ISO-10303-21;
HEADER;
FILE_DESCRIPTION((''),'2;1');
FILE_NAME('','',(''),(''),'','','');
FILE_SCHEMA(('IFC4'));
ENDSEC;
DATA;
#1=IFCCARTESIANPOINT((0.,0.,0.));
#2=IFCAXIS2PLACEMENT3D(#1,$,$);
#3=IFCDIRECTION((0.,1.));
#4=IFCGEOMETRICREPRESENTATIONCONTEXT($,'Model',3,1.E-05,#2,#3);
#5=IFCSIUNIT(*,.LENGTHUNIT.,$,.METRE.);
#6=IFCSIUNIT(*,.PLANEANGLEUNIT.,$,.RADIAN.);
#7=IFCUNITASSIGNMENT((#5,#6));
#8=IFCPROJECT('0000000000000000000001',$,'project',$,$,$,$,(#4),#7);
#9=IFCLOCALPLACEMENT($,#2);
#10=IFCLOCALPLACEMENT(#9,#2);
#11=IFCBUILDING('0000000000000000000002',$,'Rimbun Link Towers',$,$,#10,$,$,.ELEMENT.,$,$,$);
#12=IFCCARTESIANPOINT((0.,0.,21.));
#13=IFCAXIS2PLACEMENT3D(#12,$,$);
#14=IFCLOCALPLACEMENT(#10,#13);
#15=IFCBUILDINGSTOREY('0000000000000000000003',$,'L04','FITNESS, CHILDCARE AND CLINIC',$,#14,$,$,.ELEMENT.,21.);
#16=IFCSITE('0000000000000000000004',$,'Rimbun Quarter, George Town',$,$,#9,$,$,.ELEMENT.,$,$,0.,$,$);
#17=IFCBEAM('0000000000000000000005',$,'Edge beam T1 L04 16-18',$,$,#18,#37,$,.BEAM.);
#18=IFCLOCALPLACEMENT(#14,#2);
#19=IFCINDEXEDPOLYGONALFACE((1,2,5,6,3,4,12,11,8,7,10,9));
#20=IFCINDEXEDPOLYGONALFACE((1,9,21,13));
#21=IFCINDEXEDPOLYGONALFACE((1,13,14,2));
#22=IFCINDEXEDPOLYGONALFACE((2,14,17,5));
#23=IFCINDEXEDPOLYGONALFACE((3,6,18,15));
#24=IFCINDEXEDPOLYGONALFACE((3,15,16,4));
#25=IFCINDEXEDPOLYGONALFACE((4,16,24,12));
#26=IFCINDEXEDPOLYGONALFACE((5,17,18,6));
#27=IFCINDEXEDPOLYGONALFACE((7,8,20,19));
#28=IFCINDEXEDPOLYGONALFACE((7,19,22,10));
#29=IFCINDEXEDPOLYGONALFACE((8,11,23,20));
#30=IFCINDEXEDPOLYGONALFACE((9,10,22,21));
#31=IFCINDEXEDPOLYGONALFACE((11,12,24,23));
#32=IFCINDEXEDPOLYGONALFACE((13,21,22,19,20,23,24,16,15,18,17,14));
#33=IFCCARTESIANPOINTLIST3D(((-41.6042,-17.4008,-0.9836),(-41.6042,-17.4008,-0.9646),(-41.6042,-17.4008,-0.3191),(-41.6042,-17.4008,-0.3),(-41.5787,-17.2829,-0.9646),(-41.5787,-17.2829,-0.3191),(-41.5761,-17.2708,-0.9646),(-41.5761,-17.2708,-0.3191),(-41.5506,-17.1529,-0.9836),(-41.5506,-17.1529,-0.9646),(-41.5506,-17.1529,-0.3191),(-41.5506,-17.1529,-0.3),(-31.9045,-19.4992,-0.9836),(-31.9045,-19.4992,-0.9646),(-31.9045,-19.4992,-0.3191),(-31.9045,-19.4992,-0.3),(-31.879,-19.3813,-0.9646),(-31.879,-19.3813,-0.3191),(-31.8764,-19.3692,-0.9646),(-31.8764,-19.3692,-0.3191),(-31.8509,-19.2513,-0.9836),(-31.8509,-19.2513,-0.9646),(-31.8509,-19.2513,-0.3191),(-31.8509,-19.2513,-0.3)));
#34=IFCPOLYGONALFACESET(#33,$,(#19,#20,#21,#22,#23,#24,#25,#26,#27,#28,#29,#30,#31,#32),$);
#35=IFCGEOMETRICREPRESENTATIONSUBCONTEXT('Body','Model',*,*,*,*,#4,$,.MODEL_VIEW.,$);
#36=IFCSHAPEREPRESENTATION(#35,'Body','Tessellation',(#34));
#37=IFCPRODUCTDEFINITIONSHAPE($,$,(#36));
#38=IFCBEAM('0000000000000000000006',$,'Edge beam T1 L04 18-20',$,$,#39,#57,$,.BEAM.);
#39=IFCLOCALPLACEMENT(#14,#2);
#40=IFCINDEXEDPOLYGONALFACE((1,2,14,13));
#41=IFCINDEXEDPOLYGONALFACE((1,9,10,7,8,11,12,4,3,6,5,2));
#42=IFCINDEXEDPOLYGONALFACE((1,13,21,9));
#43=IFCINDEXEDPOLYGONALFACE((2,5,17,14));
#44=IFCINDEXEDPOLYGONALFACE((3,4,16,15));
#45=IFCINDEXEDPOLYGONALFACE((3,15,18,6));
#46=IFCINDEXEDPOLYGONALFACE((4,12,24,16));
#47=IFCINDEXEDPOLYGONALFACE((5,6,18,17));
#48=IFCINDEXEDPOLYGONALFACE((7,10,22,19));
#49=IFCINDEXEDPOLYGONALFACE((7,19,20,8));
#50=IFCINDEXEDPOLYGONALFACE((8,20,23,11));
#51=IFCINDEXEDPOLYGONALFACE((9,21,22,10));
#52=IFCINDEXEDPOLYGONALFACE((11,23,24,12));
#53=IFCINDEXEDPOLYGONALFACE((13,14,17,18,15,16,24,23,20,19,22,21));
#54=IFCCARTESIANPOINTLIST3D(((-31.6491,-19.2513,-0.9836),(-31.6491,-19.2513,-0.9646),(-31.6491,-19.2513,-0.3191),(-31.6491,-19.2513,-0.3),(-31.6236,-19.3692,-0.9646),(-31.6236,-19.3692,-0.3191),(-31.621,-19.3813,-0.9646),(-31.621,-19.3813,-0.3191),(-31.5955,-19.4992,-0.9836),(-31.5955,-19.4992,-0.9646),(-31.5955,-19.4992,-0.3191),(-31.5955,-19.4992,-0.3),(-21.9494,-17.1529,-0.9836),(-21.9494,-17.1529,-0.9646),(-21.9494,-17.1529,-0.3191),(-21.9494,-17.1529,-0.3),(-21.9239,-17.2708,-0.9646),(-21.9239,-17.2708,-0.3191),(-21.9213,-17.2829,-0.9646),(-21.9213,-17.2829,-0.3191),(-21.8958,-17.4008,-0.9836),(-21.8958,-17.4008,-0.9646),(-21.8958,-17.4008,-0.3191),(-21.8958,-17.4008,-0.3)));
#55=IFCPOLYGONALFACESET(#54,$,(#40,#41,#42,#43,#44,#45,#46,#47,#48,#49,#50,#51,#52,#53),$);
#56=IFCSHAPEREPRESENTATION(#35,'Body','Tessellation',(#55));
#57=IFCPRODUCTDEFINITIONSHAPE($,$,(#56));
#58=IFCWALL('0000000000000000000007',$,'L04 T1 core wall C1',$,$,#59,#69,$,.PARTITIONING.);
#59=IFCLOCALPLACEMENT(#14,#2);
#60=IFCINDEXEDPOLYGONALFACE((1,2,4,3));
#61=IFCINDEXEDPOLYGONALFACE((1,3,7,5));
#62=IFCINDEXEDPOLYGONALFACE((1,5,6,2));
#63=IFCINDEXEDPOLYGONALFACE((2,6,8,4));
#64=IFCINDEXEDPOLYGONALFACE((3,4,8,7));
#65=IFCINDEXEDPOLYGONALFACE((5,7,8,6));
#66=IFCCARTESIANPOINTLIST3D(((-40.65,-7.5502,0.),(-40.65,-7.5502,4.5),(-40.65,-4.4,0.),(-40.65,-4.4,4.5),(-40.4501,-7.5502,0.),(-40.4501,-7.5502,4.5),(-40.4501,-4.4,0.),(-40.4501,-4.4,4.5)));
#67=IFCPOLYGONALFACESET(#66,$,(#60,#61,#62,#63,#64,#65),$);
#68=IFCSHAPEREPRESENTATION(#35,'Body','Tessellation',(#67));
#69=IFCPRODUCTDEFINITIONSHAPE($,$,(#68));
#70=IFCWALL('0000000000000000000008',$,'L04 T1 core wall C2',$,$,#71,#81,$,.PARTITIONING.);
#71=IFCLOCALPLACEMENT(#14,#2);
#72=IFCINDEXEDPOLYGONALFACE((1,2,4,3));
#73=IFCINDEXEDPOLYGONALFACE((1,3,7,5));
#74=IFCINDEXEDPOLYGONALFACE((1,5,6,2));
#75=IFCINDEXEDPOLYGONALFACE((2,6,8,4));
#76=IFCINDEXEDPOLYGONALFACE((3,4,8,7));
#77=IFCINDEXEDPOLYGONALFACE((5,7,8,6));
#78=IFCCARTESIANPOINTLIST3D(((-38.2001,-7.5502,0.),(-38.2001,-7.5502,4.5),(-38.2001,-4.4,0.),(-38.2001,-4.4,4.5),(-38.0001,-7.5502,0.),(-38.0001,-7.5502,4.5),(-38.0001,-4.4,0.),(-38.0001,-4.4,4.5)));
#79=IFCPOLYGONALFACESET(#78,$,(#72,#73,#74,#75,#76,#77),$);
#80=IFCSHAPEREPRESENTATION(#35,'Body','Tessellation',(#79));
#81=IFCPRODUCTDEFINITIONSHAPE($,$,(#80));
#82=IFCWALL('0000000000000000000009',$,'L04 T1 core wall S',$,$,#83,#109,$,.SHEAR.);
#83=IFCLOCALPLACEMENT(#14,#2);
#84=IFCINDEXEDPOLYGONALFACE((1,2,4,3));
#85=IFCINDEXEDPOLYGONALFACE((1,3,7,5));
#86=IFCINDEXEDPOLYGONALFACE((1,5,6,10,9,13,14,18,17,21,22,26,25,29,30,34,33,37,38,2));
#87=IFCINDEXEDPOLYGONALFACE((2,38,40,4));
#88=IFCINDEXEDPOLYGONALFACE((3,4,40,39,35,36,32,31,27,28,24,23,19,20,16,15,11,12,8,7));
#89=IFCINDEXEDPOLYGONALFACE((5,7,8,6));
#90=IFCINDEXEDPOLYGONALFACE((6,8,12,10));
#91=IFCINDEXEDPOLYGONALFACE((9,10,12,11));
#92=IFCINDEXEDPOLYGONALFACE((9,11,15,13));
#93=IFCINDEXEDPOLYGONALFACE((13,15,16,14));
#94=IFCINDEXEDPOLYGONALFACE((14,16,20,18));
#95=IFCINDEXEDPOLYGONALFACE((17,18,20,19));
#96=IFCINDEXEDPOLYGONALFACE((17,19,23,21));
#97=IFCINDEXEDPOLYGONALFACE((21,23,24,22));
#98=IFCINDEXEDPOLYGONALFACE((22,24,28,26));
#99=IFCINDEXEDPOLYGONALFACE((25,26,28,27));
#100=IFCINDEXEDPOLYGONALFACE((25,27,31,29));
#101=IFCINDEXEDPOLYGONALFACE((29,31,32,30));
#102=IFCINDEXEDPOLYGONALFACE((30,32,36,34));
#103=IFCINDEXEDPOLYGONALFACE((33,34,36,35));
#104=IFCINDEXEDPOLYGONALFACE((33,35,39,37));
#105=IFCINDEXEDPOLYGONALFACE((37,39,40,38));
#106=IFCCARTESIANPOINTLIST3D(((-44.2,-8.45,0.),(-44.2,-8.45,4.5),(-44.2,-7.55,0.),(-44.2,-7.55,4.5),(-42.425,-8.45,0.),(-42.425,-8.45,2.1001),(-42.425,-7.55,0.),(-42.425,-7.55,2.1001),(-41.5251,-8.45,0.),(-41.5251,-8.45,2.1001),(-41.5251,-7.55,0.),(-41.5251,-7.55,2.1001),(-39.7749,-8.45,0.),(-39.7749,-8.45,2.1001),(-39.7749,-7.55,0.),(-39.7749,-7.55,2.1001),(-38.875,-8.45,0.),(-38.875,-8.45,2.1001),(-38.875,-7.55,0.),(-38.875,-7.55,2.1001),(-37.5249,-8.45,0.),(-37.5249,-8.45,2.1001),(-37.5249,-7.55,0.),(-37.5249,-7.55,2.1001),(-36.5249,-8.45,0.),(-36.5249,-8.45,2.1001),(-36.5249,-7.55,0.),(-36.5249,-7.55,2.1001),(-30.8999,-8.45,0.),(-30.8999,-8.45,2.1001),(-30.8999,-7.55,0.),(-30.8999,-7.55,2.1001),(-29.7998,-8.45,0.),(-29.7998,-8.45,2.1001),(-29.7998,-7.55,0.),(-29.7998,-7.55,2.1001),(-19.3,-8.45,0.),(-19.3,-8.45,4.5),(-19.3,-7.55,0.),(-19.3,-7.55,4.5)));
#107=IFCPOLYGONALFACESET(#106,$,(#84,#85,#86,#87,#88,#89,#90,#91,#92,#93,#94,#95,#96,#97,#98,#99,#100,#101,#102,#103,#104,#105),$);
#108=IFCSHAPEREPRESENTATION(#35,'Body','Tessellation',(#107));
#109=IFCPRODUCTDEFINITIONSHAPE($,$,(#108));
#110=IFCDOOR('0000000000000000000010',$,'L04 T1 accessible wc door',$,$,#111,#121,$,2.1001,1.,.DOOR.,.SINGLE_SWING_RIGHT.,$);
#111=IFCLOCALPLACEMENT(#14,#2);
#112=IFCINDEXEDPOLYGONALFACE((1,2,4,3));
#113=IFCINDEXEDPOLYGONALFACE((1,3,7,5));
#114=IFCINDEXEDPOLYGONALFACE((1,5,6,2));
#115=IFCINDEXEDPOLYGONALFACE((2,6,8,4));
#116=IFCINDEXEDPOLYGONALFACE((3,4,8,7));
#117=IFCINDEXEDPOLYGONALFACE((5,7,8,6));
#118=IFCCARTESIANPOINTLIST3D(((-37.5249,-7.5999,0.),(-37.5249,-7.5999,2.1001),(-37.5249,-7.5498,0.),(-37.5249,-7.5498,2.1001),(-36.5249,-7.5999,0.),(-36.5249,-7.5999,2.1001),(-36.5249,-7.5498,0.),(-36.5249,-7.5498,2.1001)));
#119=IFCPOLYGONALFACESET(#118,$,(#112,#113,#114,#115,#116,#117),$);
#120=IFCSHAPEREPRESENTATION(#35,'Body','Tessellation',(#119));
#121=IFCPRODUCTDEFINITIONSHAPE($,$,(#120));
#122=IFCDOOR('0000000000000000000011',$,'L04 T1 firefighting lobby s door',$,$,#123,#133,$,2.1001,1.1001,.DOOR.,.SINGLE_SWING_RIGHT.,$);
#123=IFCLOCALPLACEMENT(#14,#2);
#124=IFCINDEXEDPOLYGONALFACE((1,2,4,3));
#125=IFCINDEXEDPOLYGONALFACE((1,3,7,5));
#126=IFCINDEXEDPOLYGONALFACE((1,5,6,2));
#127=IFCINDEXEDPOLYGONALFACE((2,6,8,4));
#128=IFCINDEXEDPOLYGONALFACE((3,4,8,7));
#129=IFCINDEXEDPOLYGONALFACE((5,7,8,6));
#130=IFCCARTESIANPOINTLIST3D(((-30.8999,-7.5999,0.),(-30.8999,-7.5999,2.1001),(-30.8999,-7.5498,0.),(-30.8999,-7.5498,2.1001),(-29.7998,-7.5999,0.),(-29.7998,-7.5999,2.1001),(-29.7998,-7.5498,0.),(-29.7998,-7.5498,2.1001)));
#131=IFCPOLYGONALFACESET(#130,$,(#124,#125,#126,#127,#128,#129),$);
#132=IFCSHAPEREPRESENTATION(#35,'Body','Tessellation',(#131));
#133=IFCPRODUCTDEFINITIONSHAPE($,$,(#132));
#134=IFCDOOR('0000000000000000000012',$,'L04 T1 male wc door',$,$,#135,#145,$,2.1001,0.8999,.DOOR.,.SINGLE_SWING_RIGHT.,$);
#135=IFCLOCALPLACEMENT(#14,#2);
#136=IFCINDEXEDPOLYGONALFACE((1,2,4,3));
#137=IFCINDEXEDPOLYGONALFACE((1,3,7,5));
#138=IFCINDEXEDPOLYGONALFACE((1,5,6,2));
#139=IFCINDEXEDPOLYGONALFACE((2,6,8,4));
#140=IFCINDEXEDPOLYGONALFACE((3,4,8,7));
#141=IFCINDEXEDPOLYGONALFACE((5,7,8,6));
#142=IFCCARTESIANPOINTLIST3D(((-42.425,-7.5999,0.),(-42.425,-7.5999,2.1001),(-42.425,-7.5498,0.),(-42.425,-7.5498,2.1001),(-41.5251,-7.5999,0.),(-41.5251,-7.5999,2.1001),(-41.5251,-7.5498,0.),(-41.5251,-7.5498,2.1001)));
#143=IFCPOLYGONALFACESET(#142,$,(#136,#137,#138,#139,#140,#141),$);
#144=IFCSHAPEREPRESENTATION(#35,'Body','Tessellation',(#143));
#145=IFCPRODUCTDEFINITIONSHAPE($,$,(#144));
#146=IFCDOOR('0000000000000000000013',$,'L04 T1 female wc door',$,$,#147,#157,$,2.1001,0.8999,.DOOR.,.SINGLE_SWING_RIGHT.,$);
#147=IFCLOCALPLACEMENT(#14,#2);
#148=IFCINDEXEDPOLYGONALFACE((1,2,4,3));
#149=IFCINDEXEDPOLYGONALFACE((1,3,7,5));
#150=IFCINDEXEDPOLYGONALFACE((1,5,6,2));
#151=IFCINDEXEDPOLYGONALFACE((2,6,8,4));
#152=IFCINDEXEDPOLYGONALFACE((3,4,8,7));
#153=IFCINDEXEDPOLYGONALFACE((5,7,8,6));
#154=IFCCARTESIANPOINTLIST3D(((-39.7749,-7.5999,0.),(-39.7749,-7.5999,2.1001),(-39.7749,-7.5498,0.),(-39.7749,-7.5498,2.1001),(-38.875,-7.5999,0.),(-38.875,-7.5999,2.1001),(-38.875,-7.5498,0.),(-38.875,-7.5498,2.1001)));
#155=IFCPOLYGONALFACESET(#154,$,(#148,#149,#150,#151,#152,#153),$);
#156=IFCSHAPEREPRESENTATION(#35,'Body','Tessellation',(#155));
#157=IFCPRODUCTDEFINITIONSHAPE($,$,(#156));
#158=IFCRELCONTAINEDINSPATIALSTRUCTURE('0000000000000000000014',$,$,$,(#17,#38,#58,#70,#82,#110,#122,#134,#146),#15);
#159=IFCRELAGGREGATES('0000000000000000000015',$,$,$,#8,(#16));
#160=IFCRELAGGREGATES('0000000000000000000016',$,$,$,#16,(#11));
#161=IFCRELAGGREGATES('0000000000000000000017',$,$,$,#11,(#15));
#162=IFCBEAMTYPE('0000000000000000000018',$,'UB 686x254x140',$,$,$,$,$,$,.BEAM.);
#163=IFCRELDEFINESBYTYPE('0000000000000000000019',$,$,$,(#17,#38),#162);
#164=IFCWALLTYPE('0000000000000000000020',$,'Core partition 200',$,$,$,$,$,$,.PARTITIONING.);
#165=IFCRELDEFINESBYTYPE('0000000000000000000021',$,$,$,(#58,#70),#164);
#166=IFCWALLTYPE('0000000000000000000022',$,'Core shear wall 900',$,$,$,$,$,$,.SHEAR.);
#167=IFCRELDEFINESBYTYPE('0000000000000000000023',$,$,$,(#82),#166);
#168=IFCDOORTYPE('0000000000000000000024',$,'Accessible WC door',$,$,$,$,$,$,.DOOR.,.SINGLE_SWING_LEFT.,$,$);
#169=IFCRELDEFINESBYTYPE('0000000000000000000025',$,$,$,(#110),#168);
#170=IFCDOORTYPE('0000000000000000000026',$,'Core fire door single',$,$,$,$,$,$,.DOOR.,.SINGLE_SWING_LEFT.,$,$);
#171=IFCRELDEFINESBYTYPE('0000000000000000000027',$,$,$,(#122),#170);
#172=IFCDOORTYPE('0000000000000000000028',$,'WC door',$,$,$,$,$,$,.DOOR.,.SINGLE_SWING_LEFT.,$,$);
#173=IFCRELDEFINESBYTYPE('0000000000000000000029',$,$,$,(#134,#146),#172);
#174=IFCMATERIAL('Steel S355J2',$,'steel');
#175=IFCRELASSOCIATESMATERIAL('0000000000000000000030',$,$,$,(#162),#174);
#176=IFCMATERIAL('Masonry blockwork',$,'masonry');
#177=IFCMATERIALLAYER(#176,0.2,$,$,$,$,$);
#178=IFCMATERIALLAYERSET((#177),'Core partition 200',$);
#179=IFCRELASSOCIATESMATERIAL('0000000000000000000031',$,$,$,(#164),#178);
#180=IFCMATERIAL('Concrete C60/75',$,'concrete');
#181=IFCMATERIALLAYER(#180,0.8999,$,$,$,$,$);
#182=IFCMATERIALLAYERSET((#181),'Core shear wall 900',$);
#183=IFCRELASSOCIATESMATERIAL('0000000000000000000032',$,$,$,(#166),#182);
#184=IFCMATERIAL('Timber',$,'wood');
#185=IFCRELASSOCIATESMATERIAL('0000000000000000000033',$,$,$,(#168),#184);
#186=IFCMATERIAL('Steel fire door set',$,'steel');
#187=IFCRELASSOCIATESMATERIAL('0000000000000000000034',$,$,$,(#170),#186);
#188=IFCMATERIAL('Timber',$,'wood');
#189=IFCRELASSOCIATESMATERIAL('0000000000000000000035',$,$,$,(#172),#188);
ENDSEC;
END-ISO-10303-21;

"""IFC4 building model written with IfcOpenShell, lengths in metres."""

from ifc_helpers import new_model, si_unit, direction, frame, frame_2d, origin, origin_2d, place, context, subcontext, project, spatial, rectangle, i_section, extrude, material, layer, layer_set, material_profile, profile_set, type_object, element, fill, save


model = new_model("IFC4")

# Units and contexts
model_context = context("Model", 3, precision=1e-05, world=origin(), true_north=direction((0.0, 1.0)))
body_context = subcontext(model_context, "Body", "Model", "MODEL_VIEW")
ifc_project = project(units=[si_unit("LENGTHUNIT", "METRE"), si_unit("PLANEANGLEUNIT", "RADIAN")], contexts=[model_context])

# Site, building, storey
site_placement = place(None, origin())
site = spatial("IfcSite", under=ifc_project, at=site_placement, Name="Rimbun Quarter, George Town", CompositionType="ELEMENT", RefElevation=0.0)
building_placement = place(site_placement, origin())
building = spatial("IfcBuilding", under=site, at=building_placement, Name="Rimbun Link Towers", CompositionType="ELEMENT")
storey_placement = place(building_placement, frame((0.0, 0.0, 21.0)))
storey = spatial("IfcBuildingStorey", under=building, at=storey_placement, Name="L04", Description="FITNESS, CHILDCARE AND CLINIC", CompositionType="ELEMENT", Elevation=21.0)

# Beams
ifc_material_1 = material(Name="Steel S355J2", Category="steel")
ifc_material_profile_1 = material_profile(ifc_material_1, i_section(OverallWidth=0.2537, OverallDepth=0.6836, WebThickness=0.0125, FlangeThickness=0.019, at=origin_2d()), Name="UB 686x254x140")
ifc_profile_set_1 = profile_set([ifc_material_profile_1], Name="Steel S355J2")
beam_type_1 = type_object("IfcBeamType", Name="UB 686x254x140", PredefinedType="BEAM", material=ifc_profile_set_1)
for number, where, z_axis, x_axis, name in (
    (1, (-41.5774, -17.2769, -0.6418), (0.97739, -0.211444, 0.0), (0.211444, 0.97739, 0.0), "Edge beam T1 L04 16-18"),
    (2, (-31.6223, -19.3752, -0.6418), (0.97739, 0.211444, 0.0), (-0.211444, 0.97739, 0.0), "Edge beam T1 L04 18-20"),
):
    element("IfcBeam", number, at=place(storey_placement, frame(where, z_axis=z_axis, x_axis=x_axis)), inside=storey, type_object=beam_type_1, Name=name, PredefinedType="BEAM", context=body_context, shape_type="SweptSolid", body=[
        extrude(i_section(OverallWidth=0.2537, OverallDepth=0.6836, WebThickness=0.0125, FlangeThickness=0.019, at=origin_2d()), origin(), (0.0, 0.0, 1.0), 9.9241),
    ])

# Walls
ifc_material_2 = material(Name="Masonry blockwork", Category="masonry")
ifc_layer_1 = layer(ifc_material_2, 0.2)
ifc_layer_set_1 = layer_set([ifc_layer_1], Name="Core partition 200")
wall_type_1 = type_object("IfcWallType", Name="Core partition 200", PredefinedType="PARTITIONING", material=ifc_layer_set_1)
for number, where, z_axis, x_axis, name in (
    (3, (-40.55, -4.3999, 0.0), (0.0, 0.0, 1.0), (0.0, -1.0, 0.0), "L04 T1 core wall C1"),
    (4, (-38.1001, -4.3999, 0.0), (0.0, 0.0, 1.0), (0.0, -1.0, 0.0), "L04 T1 core wall C2"),
):
    element("IfcWall", number, at=place(storey_placement, frame(where, z_axis=z_axis, x_axis=x_axis)), inside=storey, type_object=wall_type_1, Name=name, PredefinedType="PARTITIONING", context=body_context, shape_type="SweptSolid", body=[
        extrude(rectangle(XDim=3.1501, YDim=0.2, at=frame_2d((1.5752, 0.0))), origin(), (0.0, 0.0, 1.0), 4.5),
    ])

# Wall, openings, doors
ifc_material_3 = material(Name="Concrete C60/75", Category="concrete")
ifc_layer_2 = layer(ifc_material_3, 0.8999)
ifc_layer_set_2 = layer_set([ifc_layer_2], Name="Core shear wall 900")
wall_type_2 = type_object("IfcWallType", Name="Core shear wall 900", PredefinedType="SHEAR", material=ifc_layer_set_2)
wall_1_placement = place(storey_placement, frame((-44.2, -8.0, 0.0), z_axis=(0.0, 0.0, 1.0), x_axis=(1.0, 0.0, 0.0)))
wall_1 = element("IfcWall", 5, at=wall_1_placement, inside=storey, type_object=wall_type_2, Name="L04 T1 core wall S", PredefinedType="SHEAR", context=body_context, shape_type="SweptSolid", body=[
    extrude(rectangle(XDim=24.8999, YDim=0.8999, at=frame_2d((12.45, 0.0))), origin(), (0.0, 0.0, 1.0), 4.5),
])
opening_1_placement = place(wall_1_placement, frame((13.3, 0.0, 0.0)))
opening_1 = element("IfcOpeningElement", 6, at=opening_1_placement, cuts=wall_1, PredefinedType="OPENING", context=body_context, shape_type="SweptSolid", body=[
    extrude(rectangle(XDim=1.1001, YDim=2.1001, at=frame_2d((0.55, 1.05))), frame((0.0, 0.46, 0.0), z_axis=(0.0, -1.0, 0.0), x_axis=(1.0, 0.0, 0.0)), (0.0, 0.0, 1.0), 0.9199),
])
opening_2_placement = place(wall_1_placement, frame((1.7749, 0.0, 0.0)))
opening_2 = element("IfcOpeningElement", 7, at=opening_2_placement, cuts=wall_1, PredefinedType="OPENING", context=body_context, shape_type="SweptSolid", body=[
    extrude(rectangle(XDim=0.8999, YDim=2.1001, at=frame_2d((0.45, 1.05))), frame((0.0, 0.46, 0.0), z_axis=(0.0, -1.0, 0.0), x_axis=(1.0, 0.0, 0.0)), (0.0, 0.0, 1.0), 0.9199),
])
opening_3_placement = place(wall_1_placement, frame((4.425, 0.0, 0.0)))
opening_3 = element("IfcOpeningElement", 8, at=opening_3_placement, cuts=wall_1, PredefinedType="OPENING", context=body_context, shape_type="SweptSolid", body=[
    extrude(rectangle(XDim=0.8999, YDim=2.1001, at=frame_2d((0.45, 1.05))), frame((0.0, 0.46, 0.0), z_axis=(0.0, -1.0, 0.0), x_axis=(1.0, 0.0, 0.0)), (0.0, 0.0, 1.0), 0.9199),
])
opening_4_placement = place(wall_1_placement, frame((6.675, 0.0, 0.0)))
opening_4 = element("IfcOpeningElement", 9, at=opening_4_placement, cuts=wall_1, PredefinedType="OPENING", context=body_context, shape_type="SweptSolid", body=[
    extrude(rectangle(XDim=1.0, YDim=2.1001, at=frame_2d((0.5, 1.05))), frame((0.0, 0.46, 0.0), z_axis=(0.0, -1.0, 0.0), x_axis=(1.0, 0.0, 0.0)), (0.0, 0.0, 1.0), 0.9199),
])
ifc_material_4 = material(Name="Timber", Category="wood")
door_type_1 = type_object("IfcDoorType", Name="Accessible WC door", OperationType="SINGLE_SWING_LEFT", PredefinedType="DOOR", material=ifc_material_4)
door_1_placement = place(opening_4_placement, origin())
door_1 = element("IfcDoor", 10, at=door_1_placement, inside=storey, type_object=door_type_1, Name="L04 T1 accessible wc door", OperationType="SINGLE_SWING_RIGHT", OverallHeight=2.1001, OverallWidth=1.0, PredefinedType="DOOR", context=body_context, shape_type="SweptSolid", body=[
    extrude(rectangle(XDim=1.0, YDim=2.1001, at=frame_2d((0.5, 1.05))), frame((0.0, 0.4502, 0.0), z_axis=(0.0, -1.0, 0.0), x_axis=(1.0, 0.0, 0.0)), (0.0, 0.0, 1.0), 0.05),
])
fill(opening_4, door_1)
ifc_material_5 = material(Name="Steel fire door set", Category="steel")
door_type_2 = type_object("IfcDoorType", Name="Core fire door single", OperationType="SINGLE_SWING_LEFT", PredefinedType="DOOR", material=ifc_material_5)
door_2_placement = place(opening_1_placement, origin())
door_2 = element("IfcDoor", 11, at=door_2_placement, inside=storey, type_object=door_type_2, Name="L04 T1 firefighting lobby s door", OperationType="SINGLE_SWING_RIGHT", OverallHeight=2.1001, OverallWidth=1.1001, PredefinedType="DOOR", context=body_context, shape_type="SweptSolid", body=[
    extrude(rectangle(XDim=1.1001, YDim=2.1001, at=frame_2d((0.55, 1.05))), frame((0.0, 0.4502, 0.0), z_axis=(0.0, -1.0, 0.0), x_axis=(1.0, 0.0, 0.0)), (0.0, 0.0, 1.0), 0.05),
])
fill(opening_1, door_2)
ifc_material_6 = material(Name="Timber", Category="wood")
door_type_3 = type_object("IfcDoorType", Name="WC door", OperationType="SINGLE_SWING_LEFT", PredefinedType="DOOR", material=ifc_material_6)
door_3_placement = place(opening_2_placement, origin())
door_3 = element("IfcDoor", 12, at=door_3_placement, inside=storey, type_object=door_type_3, Name="L04 T1 male wc door", OperationType="SINGLE_SWING_RIGHT", OverallHeight=2.1001, OverallWidth=0.8999, PredefinedType="DOOR", context=body_context, shape_type="SweptSolid", body=[
    extrude(rectangle(XDim=0.8999, YDim=2.1001, at=frame_2d((0.45, 1.05))), frame((0.0, 0.4502, 0.0), z_axis=(0.0, -1.0, 0.0), x_axis=(1.0, 0.0, 0.0)), (0.0, 0.0, 1.0), 0.05),
])
fill(opening_2, door_3)
door_4_placement = place(opening_3_placement, origin())
door_4 = element("IfcDoor", 13, at=door_4_placement, inside=storey, type_object=door_type_3, Name="L04 T1 female wc door", OperationType="SINGLE_SWING_RIGHT", OverallHeight=2.1001, OverallWidth=0.8999, PredefinedType="DOOR", context=body_context, shape_type="SweptSolid", body=[
    extrude(rectangle(XDim=0.8999, YDim=2.1001, at=frame_2d((0.45, 1.05))), frame((0.0, 0.4502, 0.0), z_axis=(0.0, -1.0, 0.0), x_axis=(1.0, 0.0, 0.0)), (0.0, 0.0, 1.0), 0.05),
])
fill(opening_3, door_4)

save(model, "model.ifc")
